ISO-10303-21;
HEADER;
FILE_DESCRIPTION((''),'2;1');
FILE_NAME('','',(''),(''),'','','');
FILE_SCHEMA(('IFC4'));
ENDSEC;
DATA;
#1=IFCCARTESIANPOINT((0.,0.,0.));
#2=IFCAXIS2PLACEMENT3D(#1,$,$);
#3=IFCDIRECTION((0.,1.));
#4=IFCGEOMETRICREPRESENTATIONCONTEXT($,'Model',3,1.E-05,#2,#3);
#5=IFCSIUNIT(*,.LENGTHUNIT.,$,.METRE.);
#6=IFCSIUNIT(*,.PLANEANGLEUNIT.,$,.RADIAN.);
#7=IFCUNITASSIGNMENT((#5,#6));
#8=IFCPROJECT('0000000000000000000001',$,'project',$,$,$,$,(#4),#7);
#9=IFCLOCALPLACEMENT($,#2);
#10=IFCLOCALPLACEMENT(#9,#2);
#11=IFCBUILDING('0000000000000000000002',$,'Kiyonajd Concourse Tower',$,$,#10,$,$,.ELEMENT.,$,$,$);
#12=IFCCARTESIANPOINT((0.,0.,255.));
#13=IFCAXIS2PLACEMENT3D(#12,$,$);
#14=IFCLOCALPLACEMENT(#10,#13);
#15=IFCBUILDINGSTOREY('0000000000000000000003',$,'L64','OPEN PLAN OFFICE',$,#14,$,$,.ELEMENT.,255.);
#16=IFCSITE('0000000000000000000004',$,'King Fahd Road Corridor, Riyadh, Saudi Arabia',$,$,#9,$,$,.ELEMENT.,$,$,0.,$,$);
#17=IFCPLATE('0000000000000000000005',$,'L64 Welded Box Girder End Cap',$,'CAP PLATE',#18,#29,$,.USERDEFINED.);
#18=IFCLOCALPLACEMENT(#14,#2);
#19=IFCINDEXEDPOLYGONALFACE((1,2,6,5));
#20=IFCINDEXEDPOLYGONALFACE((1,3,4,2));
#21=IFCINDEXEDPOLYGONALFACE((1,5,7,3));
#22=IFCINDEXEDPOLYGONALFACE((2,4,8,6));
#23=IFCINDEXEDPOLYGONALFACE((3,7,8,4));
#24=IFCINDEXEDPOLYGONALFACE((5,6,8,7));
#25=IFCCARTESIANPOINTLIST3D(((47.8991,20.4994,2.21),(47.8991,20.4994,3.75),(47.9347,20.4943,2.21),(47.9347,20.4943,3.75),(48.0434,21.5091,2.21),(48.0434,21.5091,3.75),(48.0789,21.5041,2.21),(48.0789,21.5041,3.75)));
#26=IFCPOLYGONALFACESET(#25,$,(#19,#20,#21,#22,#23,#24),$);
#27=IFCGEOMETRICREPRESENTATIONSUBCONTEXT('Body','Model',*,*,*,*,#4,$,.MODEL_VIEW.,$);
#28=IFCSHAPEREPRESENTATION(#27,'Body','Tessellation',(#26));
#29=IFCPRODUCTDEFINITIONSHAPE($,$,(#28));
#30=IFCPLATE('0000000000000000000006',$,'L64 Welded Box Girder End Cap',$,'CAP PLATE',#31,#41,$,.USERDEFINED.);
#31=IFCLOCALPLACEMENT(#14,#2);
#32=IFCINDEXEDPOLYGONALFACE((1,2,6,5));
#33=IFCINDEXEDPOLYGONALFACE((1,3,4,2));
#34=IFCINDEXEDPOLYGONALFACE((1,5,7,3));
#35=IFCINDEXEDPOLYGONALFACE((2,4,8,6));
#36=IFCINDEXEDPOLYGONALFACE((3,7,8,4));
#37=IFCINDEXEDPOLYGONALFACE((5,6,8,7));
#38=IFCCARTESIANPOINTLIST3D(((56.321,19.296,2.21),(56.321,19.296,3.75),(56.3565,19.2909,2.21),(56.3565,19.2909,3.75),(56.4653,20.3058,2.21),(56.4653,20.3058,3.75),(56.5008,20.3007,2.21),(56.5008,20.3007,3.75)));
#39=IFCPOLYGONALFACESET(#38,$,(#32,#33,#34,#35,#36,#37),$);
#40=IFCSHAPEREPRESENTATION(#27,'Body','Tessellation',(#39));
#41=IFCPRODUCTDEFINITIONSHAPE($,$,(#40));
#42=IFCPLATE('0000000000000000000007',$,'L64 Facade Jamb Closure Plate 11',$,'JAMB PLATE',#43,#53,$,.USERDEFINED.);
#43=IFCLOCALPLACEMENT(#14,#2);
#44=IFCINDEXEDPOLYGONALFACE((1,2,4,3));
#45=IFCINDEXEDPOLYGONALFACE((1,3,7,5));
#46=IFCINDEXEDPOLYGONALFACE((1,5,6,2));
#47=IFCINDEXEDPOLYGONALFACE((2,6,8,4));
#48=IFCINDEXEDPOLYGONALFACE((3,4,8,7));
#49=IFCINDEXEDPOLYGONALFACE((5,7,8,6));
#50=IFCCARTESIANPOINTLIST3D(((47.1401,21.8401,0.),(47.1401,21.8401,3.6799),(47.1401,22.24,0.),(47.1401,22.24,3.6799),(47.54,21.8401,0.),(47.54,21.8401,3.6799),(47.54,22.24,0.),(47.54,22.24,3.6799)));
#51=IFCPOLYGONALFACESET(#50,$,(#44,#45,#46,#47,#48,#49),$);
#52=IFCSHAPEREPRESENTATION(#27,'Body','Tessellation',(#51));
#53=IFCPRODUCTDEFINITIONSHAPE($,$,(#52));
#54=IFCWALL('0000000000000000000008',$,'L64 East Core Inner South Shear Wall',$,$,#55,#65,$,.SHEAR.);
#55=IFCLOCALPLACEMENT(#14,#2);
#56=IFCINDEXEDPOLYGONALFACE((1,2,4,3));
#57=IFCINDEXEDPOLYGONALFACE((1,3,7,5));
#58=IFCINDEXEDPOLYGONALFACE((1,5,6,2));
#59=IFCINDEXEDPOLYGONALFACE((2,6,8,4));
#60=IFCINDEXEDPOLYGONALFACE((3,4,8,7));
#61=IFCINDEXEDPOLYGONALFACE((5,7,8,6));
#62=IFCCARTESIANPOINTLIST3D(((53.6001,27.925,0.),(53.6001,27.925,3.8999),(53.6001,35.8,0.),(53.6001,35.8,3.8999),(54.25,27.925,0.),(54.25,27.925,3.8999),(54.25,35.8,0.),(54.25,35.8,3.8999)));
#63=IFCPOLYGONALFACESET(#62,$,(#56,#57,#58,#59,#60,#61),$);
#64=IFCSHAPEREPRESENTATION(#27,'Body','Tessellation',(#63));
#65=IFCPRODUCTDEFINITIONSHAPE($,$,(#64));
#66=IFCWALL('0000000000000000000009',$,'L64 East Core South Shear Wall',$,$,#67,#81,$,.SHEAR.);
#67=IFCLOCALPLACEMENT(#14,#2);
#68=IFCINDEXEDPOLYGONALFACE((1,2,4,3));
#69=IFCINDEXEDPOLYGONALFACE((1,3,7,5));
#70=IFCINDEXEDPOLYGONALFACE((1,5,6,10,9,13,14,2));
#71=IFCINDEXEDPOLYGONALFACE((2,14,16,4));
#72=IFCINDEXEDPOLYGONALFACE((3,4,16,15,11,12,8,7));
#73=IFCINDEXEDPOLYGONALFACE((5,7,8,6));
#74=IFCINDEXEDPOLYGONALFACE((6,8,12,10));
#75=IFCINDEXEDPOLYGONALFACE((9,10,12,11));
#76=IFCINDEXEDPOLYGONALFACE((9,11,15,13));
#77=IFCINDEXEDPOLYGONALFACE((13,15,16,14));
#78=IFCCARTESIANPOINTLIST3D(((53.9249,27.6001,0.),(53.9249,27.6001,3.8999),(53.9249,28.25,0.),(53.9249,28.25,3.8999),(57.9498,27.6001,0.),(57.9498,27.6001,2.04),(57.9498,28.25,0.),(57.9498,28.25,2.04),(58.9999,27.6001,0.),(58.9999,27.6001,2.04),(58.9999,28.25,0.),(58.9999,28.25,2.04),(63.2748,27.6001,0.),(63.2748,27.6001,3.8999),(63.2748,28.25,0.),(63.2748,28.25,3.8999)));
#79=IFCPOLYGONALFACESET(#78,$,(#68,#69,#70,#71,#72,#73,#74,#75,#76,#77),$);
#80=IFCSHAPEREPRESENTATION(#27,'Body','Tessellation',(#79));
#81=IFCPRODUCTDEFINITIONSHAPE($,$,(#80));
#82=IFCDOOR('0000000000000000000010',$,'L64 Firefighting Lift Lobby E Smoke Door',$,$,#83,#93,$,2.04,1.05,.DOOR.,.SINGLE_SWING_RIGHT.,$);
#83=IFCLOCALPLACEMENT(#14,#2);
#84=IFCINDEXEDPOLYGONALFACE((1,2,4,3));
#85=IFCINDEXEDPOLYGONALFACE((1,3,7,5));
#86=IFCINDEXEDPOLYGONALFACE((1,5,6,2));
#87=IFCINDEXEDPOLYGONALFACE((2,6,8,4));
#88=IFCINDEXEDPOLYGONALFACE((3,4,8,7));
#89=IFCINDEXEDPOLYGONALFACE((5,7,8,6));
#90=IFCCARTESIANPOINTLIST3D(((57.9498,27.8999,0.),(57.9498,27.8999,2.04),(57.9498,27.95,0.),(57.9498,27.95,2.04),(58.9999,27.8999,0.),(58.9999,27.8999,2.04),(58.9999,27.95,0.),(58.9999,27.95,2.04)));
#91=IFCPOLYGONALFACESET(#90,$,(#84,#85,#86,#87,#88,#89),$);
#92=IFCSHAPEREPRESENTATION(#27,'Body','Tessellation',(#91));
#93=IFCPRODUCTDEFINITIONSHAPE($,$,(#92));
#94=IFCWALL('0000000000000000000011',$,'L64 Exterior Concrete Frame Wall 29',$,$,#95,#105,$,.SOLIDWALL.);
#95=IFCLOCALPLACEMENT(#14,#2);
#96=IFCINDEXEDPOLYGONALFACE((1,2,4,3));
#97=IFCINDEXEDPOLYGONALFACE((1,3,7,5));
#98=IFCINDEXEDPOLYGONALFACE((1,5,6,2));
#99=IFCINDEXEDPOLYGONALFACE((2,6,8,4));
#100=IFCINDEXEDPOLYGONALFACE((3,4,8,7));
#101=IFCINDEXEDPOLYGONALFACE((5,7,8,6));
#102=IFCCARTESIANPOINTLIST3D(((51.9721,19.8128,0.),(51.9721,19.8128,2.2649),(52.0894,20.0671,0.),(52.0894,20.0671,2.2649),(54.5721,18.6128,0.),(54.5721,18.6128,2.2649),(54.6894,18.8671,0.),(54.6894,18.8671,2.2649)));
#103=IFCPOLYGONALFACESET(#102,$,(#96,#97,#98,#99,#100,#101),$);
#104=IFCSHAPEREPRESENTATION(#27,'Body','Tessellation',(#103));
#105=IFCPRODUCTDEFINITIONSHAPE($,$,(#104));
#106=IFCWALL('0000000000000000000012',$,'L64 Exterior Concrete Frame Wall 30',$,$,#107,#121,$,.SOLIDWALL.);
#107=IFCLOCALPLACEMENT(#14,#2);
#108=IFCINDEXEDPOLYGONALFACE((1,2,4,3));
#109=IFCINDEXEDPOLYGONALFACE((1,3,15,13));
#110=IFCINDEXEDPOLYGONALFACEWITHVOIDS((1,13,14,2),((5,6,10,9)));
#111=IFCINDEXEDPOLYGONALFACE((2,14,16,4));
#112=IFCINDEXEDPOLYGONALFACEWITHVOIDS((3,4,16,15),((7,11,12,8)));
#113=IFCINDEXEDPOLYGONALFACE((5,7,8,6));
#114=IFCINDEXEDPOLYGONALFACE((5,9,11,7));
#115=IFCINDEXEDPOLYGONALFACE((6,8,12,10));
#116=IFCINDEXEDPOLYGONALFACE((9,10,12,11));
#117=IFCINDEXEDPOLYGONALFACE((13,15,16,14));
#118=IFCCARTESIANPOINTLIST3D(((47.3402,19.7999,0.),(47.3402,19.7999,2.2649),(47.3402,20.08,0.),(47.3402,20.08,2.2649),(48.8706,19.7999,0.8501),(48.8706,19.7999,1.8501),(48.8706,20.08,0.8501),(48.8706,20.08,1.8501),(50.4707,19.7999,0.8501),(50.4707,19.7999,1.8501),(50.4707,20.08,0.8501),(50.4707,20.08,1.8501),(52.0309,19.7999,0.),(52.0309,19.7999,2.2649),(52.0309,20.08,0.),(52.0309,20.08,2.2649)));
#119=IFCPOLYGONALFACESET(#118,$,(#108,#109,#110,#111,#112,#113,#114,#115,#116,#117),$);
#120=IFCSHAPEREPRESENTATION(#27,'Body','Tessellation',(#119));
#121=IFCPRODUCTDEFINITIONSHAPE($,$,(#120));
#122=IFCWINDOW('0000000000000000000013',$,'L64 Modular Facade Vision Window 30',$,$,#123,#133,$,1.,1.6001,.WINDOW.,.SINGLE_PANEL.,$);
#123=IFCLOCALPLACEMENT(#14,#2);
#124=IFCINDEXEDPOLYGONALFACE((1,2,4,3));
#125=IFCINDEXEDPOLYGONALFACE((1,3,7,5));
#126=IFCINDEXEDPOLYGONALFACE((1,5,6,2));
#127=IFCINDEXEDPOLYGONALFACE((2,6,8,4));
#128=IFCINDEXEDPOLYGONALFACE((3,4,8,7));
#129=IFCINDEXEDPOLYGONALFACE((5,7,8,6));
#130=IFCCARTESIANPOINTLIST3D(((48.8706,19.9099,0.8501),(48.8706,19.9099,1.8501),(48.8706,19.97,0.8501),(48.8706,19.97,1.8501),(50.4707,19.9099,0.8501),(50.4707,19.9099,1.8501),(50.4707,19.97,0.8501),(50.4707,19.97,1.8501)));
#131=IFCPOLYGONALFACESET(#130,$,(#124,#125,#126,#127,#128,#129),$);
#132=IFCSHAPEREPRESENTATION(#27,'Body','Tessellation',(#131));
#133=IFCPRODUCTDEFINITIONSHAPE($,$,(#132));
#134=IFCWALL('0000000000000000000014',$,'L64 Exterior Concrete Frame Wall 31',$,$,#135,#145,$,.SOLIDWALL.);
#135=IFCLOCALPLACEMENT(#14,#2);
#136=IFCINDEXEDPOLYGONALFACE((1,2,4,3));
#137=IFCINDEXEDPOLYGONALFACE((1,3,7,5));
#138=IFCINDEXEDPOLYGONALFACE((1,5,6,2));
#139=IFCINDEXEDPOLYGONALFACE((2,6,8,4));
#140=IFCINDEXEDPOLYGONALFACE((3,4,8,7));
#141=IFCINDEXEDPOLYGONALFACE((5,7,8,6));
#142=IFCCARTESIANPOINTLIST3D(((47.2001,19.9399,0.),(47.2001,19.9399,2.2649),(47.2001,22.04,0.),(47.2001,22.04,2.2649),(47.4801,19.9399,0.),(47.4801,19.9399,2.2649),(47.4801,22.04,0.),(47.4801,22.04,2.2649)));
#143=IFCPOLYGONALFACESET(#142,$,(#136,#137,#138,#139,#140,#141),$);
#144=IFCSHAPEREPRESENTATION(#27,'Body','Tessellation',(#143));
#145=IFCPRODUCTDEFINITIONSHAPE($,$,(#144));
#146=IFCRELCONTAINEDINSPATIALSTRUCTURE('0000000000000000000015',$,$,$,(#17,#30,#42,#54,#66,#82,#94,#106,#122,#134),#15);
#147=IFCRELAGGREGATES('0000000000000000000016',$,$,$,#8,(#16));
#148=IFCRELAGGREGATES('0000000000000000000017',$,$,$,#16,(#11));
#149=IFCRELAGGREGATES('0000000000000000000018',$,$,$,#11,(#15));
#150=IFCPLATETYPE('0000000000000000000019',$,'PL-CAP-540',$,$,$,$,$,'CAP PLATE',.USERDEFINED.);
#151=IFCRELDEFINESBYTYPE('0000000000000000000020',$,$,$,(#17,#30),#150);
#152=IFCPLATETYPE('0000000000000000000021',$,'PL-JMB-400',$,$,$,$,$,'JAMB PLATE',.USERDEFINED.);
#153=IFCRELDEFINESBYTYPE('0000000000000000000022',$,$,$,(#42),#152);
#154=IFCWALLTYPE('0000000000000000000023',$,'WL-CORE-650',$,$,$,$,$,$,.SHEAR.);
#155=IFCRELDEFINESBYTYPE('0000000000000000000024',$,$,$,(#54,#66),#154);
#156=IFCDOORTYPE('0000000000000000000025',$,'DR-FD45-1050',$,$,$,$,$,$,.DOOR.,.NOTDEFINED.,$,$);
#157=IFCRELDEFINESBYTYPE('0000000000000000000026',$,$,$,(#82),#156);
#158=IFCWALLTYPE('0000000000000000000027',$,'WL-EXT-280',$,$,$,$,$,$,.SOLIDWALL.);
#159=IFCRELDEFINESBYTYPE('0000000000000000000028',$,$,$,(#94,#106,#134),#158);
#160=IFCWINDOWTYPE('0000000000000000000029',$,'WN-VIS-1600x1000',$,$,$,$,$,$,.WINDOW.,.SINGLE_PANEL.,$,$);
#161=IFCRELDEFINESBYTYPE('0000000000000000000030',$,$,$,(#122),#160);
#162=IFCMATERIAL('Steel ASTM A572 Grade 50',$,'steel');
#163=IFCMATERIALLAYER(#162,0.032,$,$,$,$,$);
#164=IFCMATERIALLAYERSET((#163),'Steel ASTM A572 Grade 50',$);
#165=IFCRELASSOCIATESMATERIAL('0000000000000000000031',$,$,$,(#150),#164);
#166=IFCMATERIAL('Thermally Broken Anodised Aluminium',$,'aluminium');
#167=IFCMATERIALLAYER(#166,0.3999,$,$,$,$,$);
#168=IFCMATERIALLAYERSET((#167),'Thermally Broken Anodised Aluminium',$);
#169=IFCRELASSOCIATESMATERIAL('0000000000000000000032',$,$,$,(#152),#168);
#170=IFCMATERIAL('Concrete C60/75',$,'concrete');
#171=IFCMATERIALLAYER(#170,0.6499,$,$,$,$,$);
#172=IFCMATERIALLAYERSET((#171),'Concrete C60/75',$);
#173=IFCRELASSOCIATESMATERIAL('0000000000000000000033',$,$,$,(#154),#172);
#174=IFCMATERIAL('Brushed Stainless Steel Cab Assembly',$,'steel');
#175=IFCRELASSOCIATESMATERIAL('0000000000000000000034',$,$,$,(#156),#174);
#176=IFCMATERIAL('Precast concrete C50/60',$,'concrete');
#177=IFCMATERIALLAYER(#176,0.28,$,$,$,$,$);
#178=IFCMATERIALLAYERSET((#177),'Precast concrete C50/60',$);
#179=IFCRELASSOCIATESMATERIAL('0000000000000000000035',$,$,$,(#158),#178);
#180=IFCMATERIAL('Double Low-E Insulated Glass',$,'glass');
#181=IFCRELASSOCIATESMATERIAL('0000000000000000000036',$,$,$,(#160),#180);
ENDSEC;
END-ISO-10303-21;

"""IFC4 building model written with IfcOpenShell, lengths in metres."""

from ifc_helpers import new_model, si_unit, direction, frame, frame_2d, origin, origin_2d, place, context, subcontext, project, spatial, rectangle, extrude, material, layer, layer_set, type_object, element, fill, save


model = new_model("IFC4")

# Units and contexts
model_context = context("Model", 3, precision=1e-05, world=origin(), true_north=direction((0.0, 1.0)))
body_context = subcontext(model_context, "Body", "Model", "MODEL_VIEW")
ifc_project = project(units=[si_unit("LENGTHUNIT", "METRE"), si_unit("PLANEANGLEUNIT", "RADIAN")], contexts=[model_context])

# Site, building, storey
site_placement = place(None, origin())
site = spatial("IfcSite", under=ifc_project, at=site_placement, Name="King Fahd Road Corridor, Riyadh, Saudi Arabia", CompositionType="ELEMENT", RefElevation=0.0)
building_placement = place(site_placement, origin())
building = spatial("IfcBuilding", under=site, at=building_placement, Name="Kiyonajd Concourse Tower", CompositionType="ELEMENT")
storey_placement = place(building_placement, frame((0.0, 0.0, 255.0)))
storey = spatial("IfcBuildingStorey", under=building, at=storey_placement, Name="L64", Description="OPEN PLAN OFFICE", CompositionType="ELEMENT", Elevation=255.0)

# Shared definitions
ifc_material_1 = material(Name="Concrete C60/75", Category="concrete")

# Shared definitions
ifc_material_2 = material(Name="Steel ASTM A572 Grade 50", Category="steel")

# Plates
ifc_layer_1 = layer(ifc_material_2, 0.032)
ifc_layer_set_1 = layer_set([ifc_layer_1], Name="Steel ASTM A572 Grade 50")
plate_type_1 = type_object("IfcPlateType", Name="PL-CAP-540", ElementType="CAP PLATE", PredefinedType="USERDEFINED", material=ifc_layer_set_1)
for number, where, z_axis, x_axis, name in (
    (1, (47.989, 21.0017, 2.21), (0.0, 0.0, 1.0), (-0.98995, 0.14142, 0.0), "L64 Welded Box Girder End Cap"),
    (2, (56.4109, 19.7983, 2.21), (0.0, 0.0, 1.0), (0.98995, -0.14142, 0.0), "L64 Welded Box Girder End Cap"),
):
    element("IfcPlate", number, at=place(storey_placement, frame(where, z_axis=z_axis, x_axis=x_axis)), inside=storey, type_object=plate_type_1, Name=name, ObjectType="CAP PLATE", PredefinedType="USERDEFINED", context=body_context, shape_type="SweptSolid", body=[
        extrude(rectangle(XDim=0.0359, YDim=1.02, at=origin_2d()), origin(), (0.0, 0.0, 1.0), 1.54),
    ])
ifc_material_3 = material(Name="Thermally Broken Anodised Aluminium", Category="aluminium")
ifc_layer_2 = layer(ifc_material_3, 0.3999)
ifc_layer_set_2 = layer_set([ifc_layer_2], Name="Thermally Broken Anodised Aluminium")
plate_type_2 = type_object("IfcPlateType", Name="PL-JMB-400", ElementType="JAMB PLATE", PredefinedType="USERDEFINED", material=ifc_layer_set_2)
plate_placement = place(storey_placement, frame((47.3401, 22.04, 0.0), z_axis=(0.0, 0.0, 1.0), x_axis=(1.0, 0.0, 0.0)))
element("IfcPlate", 3, at=plate_placement, inside=storey, type_object=plate_type_2, Name="L64 Facade Jamb Closure Plate 11", ObjectType="JAMB PLATE", PredefinedType="USERDEFINED", context=body_context, shape_type="SweptSolid", body=[
    extrude(rectangle(XDim=0.3999, YDim=0.3999, at=origin_2d()), origin(), (0.0, 0.0, 1.0), 3.6799),
])

# Wall
ifc_layer_3 = layer(ifc_material_1, 0.6499)
ifc_layer_set_3 = layer_set([ifc_layer_3], Name="Concrete C60/75")
wall_type_1 = type_object("IfcWallType", Name="WL-CORE-650", PredefinedType="SHEAR", material=ifc_layer_set_3)
wall_1_placement = place(storey_placement, frame((53.925, 27.925, 0.0), z_axis=(0.0, 0.0, 1.0), x_axis=(0.0, 1.0, 0.0)))
element("IfcWall", 4, at=wall_1_placement, inside=storey, type_object=wall_type_1, Name="L64 East Core Inner South Shear Wall", PredefinedType="SHEAR", context=body_context, shape_type="SweptSolid", body=[
    extrude(rectangle(XDim=7.875, YDim=0.6499, at=frame_2d((3.9375, 0.0))), origin(), (0.0, 0.0, 1.0), 3.8999),
])

# Wall, opening, door
wall_2_placement = place(storey_placement, frame((53.925, 27.925, 0.0), z_axis=(0.0, 0.0, 1.0), x_axis=(1.0, 0.0, 0.0)))
wall_2 = element("IfcWall", 5, at=wall_2_placement, inside=storey, type_object=wall_type_1, Name="L64 East Core South Shear Wall", PredefinedType="SHEAR", context=body_context, shape_type="SweptSolid", body=[
    extrude(rectangle(XDim=9.3499, YDim=0.6499, at=frame_2d((4.6748, 0.0))), origin(), (0.0, 0.0, 1.0), 3.8999),
])
opening_1_placement = place(wall_2_placement, frame((4.0249, 0.0, 0.0)))
opening_1 = element("IfcOpeningElement", 6, at=opening_1_placement, cuts=wall_2, PredefinedType="OPENING", context=body_context, shape_type="SweptSolid", body=[
    extrude(rectangle(XDim=1.05, YDim=2.04, at=frame_2d((0.5249, 1.02))), frame((0.0, 0.335, 0.0), z_axis=(0.0, -1.0, 0.0), x_axis=(1.0, 0.0, 0.0)), (0.0, 0.0, 1.0), 0.6699),
])
ifc_material_4 = material(Name="Brushed Stainless Steel Cab Assembly", Category="steel")
door_type_1 = type_object("IfcDoorType", Name="DR-FD45-1050", OperationType="NOTDEFINED", PredefinedType="DOOR", material=ifc_material_4)
door_1_placement = place(opening_1_placement, origin())
door_1 = element("IfcDoor", 7, at=door_1_placement, inside=storey, type_object=door_type_1, Name="L64 Firefighting Lift Lobby E Smoke Door", OperationType="SINGLE_SWING_RIGHT", OverallHeight=2.04, OverallWidth=1.05, PredefinedType="DOOR", context=body_context, shape_type="SweptSolid", body=[
    extrude(rectangle(XDim=1.05, YDim=2.04, at=frame_2d((0.5249, 1.02))), frame((0.0, 0.0249, 0.0), z_axis=(0.0, -1.0, 0.0), x_axis=(1.0, 0.0, 0.0)), (0.0, 0.0, 1.0), 0.05),
])
fill(opening_1, door_1)

# Wall
ifc_material_5 = material(Name="Precast concrete C50/60", Category="concrete")
ifc_layer_4 = layer(ifc_material_5, 0.28)
ifc_layer_set_4 = layer_set([ifc_layer_4], Name="Precast concrete C50/60")
wall_type_2 = type_object("IfcWallType", Name="WL-EXT-280", PredefinedType="SOLIDWALL", material=ifc_layer_set_4)
wall_3_placement = place(storey_placement, frame((54.6306, 18.74, 0.0), z_axis=(0.0, 0.0, 1.0), x_axis=(-0.907957, 0.419064, 0.0)))
element("IfcWall", 8, at=wall_3_placement, inside=storey, type_object=wall_type_2, Name="L64 Exterior Concrete Frame Wall 29", PredefinedType="SOLIDWALL", context=body_context, shape_type="SweptSolid", body=[
    extrude(rectangle(XDim=2.8635, YDim=0.28, at=frame_2d((1.4316, 0.0))), origin(), (0.0, 0.0, 1.0), 2.2649),
])

# Wall, opening, window
wall_4_placement = place(storey_placement, frame((52.0308, 19.9399, 0.0), z_axis=(0.0, 0.0, 1.0), x_axis=(-1.0, 0.0, 0.0)))
wall_4 = element("IfcWall", 9, at=wall_4_placement, inside=storey, type_object=wall_type_2, Name="L64 Exterior Concrete Frame Wall 30", PredefinedType="SOLIDWALL", context=body_context, shape_type="SweptSolid", body=[
    extrude(rectangle(XDim=4.6907, YDim=0.28, at=frame_2d((2.3452, 0.0))), origin(), (0.0, 0.0, 1.0), 2.2649),
])
opening_2_placement = place(wall_4_placement, frame((1.5601, 0.0, 0.8501)))
opening_2 = element("IfcOpeningElement", 10, at=opening_2_placement, cuts=wall_4, PredefinedType="OPENING", context=body_context, shape_type="SweptSolid", body=[
    extrude(rectangle(XDim=1.6001, YDim=1.0, at=frame_2d((0.8, 0.5))), frame((0.0, 0.1499, 0.0), z_axis=(0.0, -1.0, 0.0), x_axis=(1.0, 0.0, 0.0)), (0.0, 0.0, 1.0), 0.3),
])
ifc_material_6 = material(Name="Double Low-E Insulated Glass", Category="glass")
window_type = type_object("IfcWindowType", Name="WN-VIS-1600x1000", PartitioningType="SINGLE_PANEL", PredefinedType="WINDOW", material=ifc_material_6)
window_placement = place(opening_2_placement, origin())
window = element("IfcWindow", 11, at=window_placement, inside=storey, type_object=window_type, Name="L64 Modular Facade Vision Window 30", OverallHeight=1.0, OverallWidth=1.6001, PartitioningType="SINGLE_PANEL", PredefinedType="WINDOW", context=body_context, shape_type="SweptSolid", body=[
    extrude(rectangle(XDim=1.6001, YDim=1.0, at=frame_2d((0.8, 0.5))), frame((0.0, 0.03, 0.0), z_axis=(0.0, -1.0, 0.0), x_axis=(1.0, 0.0, 0.0)), (0.0, 0.0, 1.0), 0.0601),
])
fill(opening_2, window)

# Wall
wall_5_placement = place(storey_placement, frame((47.3401, 19.9399, 0.0), z_axis=(0.0, 0.0, 1.0), x_axis=(0.0, 1.0, 0.0)))
element("IfcWall", 12, at=wall_5_placement, inside=storey, type_object=wall_type_2, Name="L64 Exterior Concrete Frame Wall 31", PredefinedType="SOLIDWALL", context=body_context, shape_type="SweptSolid", body=[
    extrude(rectangle(XDim=2.1001, YDim=0.28, at=frame_2d((1.05, 0.0))), origin(), (0.0, 0.0, 1.0), 2.2649),
])

save(model, "model.ifc")
